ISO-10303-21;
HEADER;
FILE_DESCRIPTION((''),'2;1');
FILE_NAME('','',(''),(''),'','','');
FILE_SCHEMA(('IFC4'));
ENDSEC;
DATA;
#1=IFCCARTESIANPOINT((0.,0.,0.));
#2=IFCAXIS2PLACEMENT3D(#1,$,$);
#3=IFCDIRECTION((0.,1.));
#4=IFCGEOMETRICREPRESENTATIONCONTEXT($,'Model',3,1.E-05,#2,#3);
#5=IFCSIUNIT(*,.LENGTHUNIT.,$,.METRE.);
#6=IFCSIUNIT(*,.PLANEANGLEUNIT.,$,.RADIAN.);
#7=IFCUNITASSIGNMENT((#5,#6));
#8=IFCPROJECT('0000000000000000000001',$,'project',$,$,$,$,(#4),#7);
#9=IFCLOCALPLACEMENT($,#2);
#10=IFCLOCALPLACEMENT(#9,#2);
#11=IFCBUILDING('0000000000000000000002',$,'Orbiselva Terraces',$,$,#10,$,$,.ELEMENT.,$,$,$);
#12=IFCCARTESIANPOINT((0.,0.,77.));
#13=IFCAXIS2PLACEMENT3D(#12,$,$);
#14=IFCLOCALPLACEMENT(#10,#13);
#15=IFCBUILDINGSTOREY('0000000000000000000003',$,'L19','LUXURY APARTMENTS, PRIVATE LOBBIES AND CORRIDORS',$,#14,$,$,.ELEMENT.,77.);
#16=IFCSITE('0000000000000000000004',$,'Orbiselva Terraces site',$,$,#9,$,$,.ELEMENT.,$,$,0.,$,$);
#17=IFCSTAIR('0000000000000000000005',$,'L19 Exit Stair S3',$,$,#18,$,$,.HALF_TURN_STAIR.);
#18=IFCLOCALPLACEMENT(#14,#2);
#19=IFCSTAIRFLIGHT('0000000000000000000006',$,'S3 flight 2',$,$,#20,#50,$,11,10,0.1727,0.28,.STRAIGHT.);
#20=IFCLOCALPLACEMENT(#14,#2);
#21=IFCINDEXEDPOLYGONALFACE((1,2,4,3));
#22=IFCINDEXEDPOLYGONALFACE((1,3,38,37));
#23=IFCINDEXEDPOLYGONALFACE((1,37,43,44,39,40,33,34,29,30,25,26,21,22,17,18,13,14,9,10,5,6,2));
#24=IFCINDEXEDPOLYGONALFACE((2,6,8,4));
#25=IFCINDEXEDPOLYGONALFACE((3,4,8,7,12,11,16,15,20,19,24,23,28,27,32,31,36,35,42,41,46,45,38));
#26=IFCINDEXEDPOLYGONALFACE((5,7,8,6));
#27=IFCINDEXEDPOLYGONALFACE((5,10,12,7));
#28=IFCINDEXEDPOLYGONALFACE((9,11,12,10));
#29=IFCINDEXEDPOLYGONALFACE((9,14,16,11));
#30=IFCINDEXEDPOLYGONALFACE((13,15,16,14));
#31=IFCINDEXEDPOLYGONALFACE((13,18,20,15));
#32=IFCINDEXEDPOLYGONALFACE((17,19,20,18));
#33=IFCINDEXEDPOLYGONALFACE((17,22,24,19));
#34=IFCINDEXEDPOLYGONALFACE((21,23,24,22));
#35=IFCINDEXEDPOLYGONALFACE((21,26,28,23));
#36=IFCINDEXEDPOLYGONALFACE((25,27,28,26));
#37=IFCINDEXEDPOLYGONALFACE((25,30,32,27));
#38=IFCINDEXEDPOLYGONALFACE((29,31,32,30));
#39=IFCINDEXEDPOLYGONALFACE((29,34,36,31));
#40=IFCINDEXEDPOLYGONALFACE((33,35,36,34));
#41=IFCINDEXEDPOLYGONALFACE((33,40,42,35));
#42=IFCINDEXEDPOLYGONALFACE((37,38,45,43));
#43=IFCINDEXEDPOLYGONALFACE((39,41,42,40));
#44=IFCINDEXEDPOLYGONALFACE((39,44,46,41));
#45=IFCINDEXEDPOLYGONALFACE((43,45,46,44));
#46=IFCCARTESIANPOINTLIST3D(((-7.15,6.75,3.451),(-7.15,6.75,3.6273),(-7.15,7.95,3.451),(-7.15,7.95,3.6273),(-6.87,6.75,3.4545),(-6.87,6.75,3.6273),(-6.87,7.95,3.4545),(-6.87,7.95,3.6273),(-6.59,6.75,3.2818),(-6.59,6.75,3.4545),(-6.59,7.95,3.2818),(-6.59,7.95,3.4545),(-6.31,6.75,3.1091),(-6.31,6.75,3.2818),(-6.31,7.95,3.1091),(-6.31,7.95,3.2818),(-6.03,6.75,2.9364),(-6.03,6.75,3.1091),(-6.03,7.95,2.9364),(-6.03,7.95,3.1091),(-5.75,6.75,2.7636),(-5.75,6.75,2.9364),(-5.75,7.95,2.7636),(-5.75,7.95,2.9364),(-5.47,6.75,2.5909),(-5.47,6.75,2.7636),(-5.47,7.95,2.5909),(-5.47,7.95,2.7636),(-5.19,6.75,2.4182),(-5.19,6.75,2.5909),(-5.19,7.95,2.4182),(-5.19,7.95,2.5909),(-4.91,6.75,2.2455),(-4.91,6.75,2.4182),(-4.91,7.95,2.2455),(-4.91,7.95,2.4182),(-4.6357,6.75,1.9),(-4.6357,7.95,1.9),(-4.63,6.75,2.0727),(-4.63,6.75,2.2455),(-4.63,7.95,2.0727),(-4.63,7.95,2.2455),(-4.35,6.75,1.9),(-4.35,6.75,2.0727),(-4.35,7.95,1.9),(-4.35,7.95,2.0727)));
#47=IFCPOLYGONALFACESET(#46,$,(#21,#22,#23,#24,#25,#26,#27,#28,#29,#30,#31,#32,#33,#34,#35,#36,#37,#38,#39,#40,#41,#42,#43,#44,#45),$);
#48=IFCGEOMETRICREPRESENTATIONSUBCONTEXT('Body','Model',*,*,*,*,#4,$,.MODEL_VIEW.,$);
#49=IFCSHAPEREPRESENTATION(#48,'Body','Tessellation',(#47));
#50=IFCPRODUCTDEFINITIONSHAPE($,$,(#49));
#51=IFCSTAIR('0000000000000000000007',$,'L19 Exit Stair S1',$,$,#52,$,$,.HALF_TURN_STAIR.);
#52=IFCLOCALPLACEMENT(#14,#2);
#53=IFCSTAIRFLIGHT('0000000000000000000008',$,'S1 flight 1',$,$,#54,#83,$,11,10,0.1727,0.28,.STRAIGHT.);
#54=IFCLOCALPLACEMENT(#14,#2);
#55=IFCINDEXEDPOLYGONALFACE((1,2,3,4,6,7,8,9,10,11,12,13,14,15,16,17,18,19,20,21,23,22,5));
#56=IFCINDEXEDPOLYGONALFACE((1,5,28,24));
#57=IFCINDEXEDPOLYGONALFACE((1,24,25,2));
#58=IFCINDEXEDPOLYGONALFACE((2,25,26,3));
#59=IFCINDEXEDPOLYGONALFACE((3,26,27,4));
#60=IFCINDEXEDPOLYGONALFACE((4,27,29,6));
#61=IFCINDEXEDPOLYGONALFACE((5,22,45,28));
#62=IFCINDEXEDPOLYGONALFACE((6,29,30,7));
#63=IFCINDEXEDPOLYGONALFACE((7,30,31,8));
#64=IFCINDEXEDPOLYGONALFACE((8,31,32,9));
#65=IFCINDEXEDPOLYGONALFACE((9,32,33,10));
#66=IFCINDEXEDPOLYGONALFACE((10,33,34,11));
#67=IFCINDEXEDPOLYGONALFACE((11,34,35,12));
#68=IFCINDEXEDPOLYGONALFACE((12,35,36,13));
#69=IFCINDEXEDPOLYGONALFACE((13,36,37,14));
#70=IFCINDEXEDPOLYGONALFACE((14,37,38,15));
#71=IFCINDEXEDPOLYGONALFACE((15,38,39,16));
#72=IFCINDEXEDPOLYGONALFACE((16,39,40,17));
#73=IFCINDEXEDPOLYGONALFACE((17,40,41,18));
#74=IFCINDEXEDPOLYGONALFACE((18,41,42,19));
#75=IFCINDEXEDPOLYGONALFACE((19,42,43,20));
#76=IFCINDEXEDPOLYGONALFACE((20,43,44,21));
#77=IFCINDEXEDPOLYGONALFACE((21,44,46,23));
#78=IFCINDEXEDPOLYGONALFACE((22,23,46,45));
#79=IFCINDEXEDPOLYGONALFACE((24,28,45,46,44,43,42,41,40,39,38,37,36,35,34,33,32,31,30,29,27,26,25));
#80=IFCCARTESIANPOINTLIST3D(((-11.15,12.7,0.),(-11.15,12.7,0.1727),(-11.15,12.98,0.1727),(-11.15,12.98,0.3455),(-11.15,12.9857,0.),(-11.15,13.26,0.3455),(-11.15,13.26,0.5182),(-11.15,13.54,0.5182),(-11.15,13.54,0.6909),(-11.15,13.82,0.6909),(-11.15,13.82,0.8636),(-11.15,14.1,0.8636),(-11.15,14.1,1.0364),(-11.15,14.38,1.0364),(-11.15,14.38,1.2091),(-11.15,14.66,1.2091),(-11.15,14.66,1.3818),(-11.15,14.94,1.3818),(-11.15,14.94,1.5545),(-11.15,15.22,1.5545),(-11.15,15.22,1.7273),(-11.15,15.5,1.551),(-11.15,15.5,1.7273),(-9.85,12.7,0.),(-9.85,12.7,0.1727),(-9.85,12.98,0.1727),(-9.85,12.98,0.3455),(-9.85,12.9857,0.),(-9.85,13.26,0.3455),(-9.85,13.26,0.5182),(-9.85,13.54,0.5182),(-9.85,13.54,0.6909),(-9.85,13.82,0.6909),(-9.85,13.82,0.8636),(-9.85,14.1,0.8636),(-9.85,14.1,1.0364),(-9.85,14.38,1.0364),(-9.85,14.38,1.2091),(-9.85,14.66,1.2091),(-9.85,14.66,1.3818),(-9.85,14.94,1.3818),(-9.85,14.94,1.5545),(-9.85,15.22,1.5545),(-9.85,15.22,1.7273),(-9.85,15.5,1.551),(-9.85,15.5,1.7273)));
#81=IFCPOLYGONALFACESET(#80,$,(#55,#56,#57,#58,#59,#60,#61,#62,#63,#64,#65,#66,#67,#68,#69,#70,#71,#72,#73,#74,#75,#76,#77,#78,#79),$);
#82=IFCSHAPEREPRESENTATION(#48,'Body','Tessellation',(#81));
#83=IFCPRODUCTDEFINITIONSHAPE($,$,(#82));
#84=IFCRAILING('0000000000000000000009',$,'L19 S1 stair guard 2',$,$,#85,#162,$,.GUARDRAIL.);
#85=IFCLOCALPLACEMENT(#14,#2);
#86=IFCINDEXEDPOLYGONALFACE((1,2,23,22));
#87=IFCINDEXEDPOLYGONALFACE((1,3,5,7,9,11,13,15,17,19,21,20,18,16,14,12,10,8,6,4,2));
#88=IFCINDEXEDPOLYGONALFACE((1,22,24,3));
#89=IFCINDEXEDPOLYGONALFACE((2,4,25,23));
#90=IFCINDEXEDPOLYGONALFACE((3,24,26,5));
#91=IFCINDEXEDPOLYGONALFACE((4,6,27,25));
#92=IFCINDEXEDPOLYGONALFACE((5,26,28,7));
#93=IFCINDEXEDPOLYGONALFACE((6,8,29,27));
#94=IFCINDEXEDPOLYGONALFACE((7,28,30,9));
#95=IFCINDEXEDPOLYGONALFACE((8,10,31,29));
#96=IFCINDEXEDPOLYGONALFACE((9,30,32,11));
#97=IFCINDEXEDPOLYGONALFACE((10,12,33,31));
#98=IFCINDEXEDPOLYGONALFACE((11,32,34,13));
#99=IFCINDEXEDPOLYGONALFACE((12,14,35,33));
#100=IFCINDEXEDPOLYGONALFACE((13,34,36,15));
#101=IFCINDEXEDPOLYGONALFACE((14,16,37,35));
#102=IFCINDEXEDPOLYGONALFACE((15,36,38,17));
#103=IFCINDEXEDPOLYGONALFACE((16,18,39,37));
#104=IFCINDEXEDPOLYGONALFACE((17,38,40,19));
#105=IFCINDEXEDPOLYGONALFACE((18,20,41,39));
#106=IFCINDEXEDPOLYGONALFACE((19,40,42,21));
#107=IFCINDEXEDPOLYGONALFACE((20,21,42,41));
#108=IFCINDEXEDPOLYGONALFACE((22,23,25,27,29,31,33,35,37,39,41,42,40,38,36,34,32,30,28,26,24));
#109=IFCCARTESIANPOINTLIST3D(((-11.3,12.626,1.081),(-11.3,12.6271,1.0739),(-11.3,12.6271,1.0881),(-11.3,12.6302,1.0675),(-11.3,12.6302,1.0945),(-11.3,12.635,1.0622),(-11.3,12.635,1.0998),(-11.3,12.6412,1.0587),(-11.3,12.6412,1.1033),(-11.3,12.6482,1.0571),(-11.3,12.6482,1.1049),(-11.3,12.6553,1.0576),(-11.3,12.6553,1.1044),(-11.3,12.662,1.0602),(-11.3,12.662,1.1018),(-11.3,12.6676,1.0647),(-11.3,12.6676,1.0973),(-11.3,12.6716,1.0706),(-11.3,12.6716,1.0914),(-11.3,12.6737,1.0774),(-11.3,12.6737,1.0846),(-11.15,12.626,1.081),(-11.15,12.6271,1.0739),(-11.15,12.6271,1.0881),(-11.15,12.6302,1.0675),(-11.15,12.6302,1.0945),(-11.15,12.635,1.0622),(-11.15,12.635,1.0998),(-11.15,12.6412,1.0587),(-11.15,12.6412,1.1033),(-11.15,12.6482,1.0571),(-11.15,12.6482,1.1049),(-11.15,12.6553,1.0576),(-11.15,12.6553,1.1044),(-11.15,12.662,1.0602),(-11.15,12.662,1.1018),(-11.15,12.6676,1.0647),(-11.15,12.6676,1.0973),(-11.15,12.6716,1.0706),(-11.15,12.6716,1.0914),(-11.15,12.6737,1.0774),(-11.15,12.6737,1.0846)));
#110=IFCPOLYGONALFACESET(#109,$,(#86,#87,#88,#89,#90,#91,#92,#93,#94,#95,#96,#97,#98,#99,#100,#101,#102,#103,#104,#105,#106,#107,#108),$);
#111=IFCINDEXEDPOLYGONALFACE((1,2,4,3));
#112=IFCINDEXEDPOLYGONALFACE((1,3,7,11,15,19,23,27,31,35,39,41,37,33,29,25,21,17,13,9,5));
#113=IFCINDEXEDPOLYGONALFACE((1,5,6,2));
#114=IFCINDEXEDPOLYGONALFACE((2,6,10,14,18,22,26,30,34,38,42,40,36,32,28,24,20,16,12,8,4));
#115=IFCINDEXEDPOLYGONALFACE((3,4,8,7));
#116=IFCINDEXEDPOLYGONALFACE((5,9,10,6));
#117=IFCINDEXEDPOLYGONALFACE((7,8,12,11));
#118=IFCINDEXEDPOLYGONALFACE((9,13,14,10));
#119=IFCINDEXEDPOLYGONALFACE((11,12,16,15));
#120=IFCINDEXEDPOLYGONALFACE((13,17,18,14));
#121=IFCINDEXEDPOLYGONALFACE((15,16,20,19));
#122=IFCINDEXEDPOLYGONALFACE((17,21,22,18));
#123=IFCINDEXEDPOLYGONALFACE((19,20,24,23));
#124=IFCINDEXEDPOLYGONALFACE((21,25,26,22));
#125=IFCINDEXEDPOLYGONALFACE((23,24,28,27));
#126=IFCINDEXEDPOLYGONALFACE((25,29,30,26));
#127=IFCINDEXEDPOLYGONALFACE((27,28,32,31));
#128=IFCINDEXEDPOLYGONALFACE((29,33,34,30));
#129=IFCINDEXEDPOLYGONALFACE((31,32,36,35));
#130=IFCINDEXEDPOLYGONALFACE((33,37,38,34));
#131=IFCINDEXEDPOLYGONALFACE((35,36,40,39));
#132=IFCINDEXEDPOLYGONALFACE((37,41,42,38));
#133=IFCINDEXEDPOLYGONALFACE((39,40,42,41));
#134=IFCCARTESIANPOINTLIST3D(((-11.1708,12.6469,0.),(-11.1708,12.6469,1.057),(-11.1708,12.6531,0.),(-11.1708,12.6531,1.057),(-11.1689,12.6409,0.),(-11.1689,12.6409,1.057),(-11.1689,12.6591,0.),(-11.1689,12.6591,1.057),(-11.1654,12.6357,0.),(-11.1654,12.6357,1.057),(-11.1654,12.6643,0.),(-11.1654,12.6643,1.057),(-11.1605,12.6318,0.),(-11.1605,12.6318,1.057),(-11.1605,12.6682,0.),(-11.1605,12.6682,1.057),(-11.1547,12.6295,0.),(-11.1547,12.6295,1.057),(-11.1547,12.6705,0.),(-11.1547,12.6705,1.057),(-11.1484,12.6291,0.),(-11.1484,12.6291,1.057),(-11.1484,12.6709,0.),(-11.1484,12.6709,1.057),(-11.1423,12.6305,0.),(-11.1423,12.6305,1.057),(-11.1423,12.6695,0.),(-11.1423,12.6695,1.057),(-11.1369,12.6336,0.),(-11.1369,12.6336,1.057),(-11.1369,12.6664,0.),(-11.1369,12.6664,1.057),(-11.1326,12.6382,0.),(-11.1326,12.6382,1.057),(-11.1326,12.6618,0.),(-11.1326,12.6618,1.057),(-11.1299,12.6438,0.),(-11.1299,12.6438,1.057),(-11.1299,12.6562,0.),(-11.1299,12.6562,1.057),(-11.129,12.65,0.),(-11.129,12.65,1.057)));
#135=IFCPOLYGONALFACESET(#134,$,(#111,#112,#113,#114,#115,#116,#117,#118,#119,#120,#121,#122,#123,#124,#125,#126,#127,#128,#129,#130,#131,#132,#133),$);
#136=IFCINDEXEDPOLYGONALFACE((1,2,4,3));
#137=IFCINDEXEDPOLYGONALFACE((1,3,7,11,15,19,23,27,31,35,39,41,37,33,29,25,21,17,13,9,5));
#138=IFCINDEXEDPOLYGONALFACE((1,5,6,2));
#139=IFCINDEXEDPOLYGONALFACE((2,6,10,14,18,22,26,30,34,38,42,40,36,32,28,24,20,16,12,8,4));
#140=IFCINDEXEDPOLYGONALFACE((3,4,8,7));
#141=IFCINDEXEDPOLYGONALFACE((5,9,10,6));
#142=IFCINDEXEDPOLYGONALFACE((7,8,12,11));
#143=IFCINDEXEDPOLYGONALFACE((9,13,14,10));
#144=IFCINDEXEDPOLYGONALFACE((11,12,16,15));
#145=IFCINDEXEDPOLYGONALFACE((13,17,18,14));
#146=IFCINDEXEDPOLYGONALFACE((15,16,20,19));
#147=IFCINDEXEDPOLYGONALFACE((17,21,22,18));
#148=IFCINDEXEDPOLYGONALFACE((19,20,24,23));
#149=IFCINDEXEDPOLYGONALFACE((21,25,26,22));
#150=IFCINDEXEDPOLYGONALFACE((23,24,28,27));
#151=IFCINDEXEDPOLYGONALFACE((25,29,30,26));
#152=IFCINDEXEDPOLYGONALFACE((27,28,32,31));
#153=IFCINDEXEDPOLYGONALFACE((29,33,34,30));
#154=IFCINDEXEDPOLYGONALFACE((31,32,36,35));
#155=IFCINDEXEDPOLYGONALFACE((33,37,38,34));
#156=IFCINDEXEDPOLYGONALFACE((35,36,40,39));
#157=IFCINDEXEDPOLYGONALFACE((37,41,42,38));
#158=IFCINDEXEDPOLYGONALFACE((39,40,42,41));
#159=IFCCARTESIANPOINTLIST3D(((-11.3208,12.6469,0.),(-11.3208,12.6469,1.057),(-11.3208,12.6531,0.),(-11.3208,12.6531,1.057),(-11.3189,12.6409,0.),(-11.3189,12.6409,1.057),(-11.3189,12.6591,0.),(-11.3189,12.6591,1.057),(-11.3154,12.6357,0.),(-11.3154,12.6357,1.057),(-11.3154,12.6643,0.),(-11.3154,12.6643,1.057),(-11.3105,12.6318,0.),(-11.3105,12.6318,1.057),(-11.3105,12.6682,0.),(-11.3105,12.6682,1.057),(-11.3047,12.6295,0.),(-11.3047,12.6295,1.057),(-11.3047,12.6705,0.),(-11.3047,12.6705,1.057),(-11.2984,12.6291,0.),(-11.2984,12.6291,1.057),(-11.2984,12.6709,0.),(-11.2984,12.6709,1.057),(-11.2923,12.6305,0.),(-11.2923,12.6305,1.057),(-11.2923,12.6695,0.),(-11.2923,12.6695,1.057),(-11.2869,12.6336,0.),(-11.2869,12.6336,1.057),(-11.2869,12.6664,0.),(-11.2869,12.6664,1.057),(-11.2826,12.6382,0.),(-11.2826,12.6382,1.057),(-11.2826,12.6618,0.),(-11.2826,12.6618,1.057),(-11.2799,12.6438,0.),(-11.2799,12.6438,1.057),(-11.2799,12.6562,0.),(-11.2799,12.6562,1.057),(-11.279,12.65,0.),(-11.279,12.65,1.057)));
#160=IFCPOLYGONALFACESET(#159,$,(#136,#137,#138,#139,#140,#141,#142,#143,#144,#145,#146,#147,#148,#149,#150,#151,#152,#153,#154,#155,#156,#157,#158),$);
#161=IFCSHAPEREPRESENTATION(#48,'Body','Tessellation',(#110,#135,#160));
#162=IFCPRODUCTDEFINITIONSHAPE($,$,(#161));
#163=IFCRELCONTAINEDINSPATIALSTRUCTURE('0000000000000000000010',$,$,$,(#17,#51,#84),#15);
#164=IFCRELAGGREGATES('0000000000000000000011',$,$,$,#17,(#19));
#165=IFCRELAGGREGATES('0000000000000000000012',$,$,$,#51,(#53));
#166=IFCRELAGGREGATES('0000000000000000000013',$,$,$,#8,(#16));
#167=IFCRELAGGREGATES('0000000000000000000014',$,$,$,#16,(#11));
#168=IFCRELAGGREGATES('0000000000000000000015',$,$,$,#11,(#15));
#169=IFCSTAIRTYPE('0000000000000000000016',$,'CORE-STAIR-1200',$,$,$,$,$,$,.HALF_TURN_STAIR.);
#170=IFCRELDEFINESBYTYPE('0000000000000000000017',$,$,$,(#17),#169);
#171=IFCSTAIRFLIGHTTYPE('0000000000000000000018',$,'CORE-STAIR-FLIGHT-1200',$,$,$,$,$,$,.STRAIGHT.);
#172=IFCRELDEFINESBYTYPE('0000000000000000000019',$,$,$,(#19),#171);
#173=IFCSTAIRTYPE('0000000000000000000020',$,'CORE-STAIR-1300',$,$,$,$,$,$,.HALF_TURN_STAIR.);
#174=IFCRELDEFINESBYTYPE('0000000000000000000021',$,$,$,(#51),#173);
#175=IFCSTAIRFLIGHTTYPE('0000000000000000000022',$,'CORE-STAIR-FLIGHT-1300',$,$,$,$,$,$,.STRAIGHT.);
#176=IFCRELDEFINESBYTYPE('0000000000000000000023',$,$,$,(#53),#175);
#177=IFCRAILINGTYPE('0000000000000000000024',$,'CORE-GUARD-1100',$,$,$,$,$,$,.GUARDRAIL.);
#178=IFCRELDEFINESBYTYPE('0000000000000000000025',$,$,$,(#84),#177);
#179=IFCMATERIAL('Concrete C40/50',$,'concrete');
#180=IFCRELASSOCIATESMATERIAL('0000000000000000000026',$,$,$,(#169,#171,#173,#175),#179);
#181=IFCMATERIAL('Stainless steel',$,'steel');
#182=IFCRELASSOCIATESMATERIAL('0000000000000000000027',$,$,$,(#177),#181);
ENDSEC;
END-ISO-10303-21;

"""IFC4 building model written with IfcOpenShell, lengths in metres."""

from ifc_helpers import new_model, si_unit, direction, frame, origin, origin_2d, place, context, subcontext, project, spatial, polyline, circle, outline, extrude, material, type_object, element, aggregate, save


model = new_model("IFC4")

# Units and contexts
model_context = context("Model", 3, precision=1e-05, world=origin(), true_north=direction((0.0, 1.0)))
body_context = subcontext(model_context, "Body", "Model", "MODEL_VIEW")
ifc_project = project(units=[si_unit("LENGTHUNIT", "METRE"), si_unit("PLANEANGLEUNIT", "RADIAN")], contexts=[model_context])

# Site, building, storey
site_placement = place(None, origin())
site = spatial("IfcSite", under=ifc_project, at=site_placement, Name="Orbiselva Terraces site", CompositionType="ELEMENT", RefElevation=0.0)
building_placement = place(site_placement, origin())
building = spatial("IfcBuilding", under=site, at=building_placement, Name="Orbiselva Terraces", CompositionType="ELEMENT")
storey_placement = place(building_placement, frame((0.0, 0.0, 77.0)))
storey = spatial("IfcBuildingStorey", under=building, at=storey_placement, Name="L19", Description="LUXURY APARTMENTS, PRIVATE LOBBIES AND CORRIDORS", CompositionType="ELEMENT", Elevation=77.0)

# Stair, stair flight
ifc_material_1 = material(Name="Concrete C40/50", Category="concrete")
stair_type_1 = type_object("IfcStairType", Name="CORE-STAIR-1200", PredefinedType="HALF_TURN_STAIR", material=ifc_material_1)
stair_1_placement = place(storey_placement, origin())
stair_1 = element("IfcStair", 1, at=stair_1_placement, inside=storey, type_object=stair_type_1, Name="L19 Exit Stair S3", PredefinedType="HALF_TURN_STAIR")
stair_flight_type_1 = type_object("IfcStairFlightType", Name="CORE-STAIR-FLIGHT-1200", PredefinedType="STRAIGHT", material=ifc_material_1)
stair_flight_1_placement = place(storey_placement, frame((-4.35, 7.35, 1.9), z_axis=(0.0, 0.0, 1.0), x_axis=(-1.0, 0.0, 0.0)))
stair_flight_1 = element("IfcStairFlight", 2, at=stair_flight_1_placement, type_object=stair_flight_type_1, Name="S3 flight 2", NumberOfRisers=11, NumberOfTreads=10, PredefinedType="STRAIGHT", RiserHeight=0.1727, TreadLength=0.28, context=body_context, shape_type="SweptSolid", body=[
    extrude(outline(polyline([(0.0, 0.0), (0.0, 0.1727), (0.28, 0.1727), (0.28, 0.3455), (0.56, 0.3455), (0.56, 0.5182), (0.84, 0.5182), (0.84, 0.6909), (1.12, 0.6909), (1.12, 0.8636), (1.4, 0.8636), (1.4, 1.0364), (1.68, 1.0364), (1.68, 1.2091), (1.96, 1.2091), (1.96, 1.3818), (2.24, 1.3818), (2.24, 1.5545), (2.52, 1.5545), (2.52, 1.7273), (2.8, 1.7273), (2.8, 1.9), (2.8, 1.551), (0.2857, 0.0), (0.0, 0.0)])), frame((0.0, 0.6, 0.0), z_axis=(0.0, -1.0, 0.0), x_axis=(1.0, 0.0, 0.0)), (0.0, 0.0, 1.0), 1.2),
])
aggregate(stair_1, [stair_flight_1])

# Stair, stair flight
stair_type_2 = type_object("IfcStairType", Name="CORE-STAIR-1300", PredefinedType="HALF_TURN_STAIR", material=ifc_material_1)
stair_2_placement = place(storey_placement, origin())
stair_2 = element("IfcStair", 3, at=stair_2_placement, inside=storey, type_object=stair_type_2, Name="L19 Exit Stair S1", PredefinedType="HALF_TURN_STAIR")
stair_flight_type_2 = type_object("IfcStairFlightType", Name="CORE-STAIR-FLIGHT-1300", PredefinedType="STRAIGHT", material=ifc_material_1)
stair_flight_2_placement = place(storey_placement, frame((-10.5, 12.7, 0.0), z_axis=(0.0, 0.0, 1.0), x_axis=(0.0, 1.0, 0.0)))
stair_flight_2 = element("IfcStairFlight", 4, at=stair_flight_2_placement, type_object=stair_flight_type_2, Name="S1 flight 1", NumberOfRisers=11, NumberOfTreads=10, PredefinedType="STRAIGHT", RiserHeight=0.1727, TreadLength=0.28, context=body_context, shape_type="SweptSolid", body=[
    extrude(outline(polyline([(0.0, 0.0), (0.0, 0.1727), (0.28, 0.1727), (0.28, 0.3455), (0.56, 0.3455), (0.56, 0.5182), (0.84, 0.5182), (0.84, 0.6909), (1.12, 0.6909), (1.12, 0.8636), (1.4, 0.8636), (1.4, 1.0364), (1.68, 1.0364), (1.68, 1.2091), (1.96, 1.2091), (1.96, 1.3818), (2.24, 1.3818), (2.24, 1.5545), (2.52, 1.5545), (2.52, 1.7273), (2.8, 1.7273), (2.8, 1.9), (2.8, 1.551), (0.2857, 0.0), (0.0, 0.0)])), frame((0.0, 0.65, 0.0), z_axis=(0.0, -1.0, 0.0), x_axis=(1.0, 0.0, 0.0)), (0.0, 0.0, 1.0), 1.3),
])
aggregate(stair_2, [stair_flight_2])

# Railing
ifc_material_2 = material(Name="Stainless steel", Category="steel")
railing_type_1 = type_object("IfcRailingType", Name="CORE-GUARD-1100", PredefinedType="GUARDRAIL", material=ifc_material_2)
railing_1_placement = place(storey_placement, frame((-11.15, 12.65, 0.0)))
element("IfcRailing", 5, at=railing_1_placement, inside=storey, type_object=railing_type_1, Name="L19 S1 stair guard 2", PredefinedType="GUARDRAIL", context=body_context, shape_type="SweptSolid", body=[
    extrude(circle(Radius=0.024, at=origin_2d()), frame((0.0, 0.0, 1.081), z_axis=(-1.0, 0.0, 0.0), x_axis=(0.0, -1.0, 0.0)), (0.0, 0.0, 1.0), 0.15),
    extrude(circle(Radius=0.021, at=origin_2d()), origin(), (0.0, 0.0, 1.0), 1.057),
    extrude(circle(Radius=0.021, at=origin_2d()), frame((-0.15, 0.0, 0.0)), (0.0, 0.0, 1.0), 1.057),
])

save(model, "model.ifc")
